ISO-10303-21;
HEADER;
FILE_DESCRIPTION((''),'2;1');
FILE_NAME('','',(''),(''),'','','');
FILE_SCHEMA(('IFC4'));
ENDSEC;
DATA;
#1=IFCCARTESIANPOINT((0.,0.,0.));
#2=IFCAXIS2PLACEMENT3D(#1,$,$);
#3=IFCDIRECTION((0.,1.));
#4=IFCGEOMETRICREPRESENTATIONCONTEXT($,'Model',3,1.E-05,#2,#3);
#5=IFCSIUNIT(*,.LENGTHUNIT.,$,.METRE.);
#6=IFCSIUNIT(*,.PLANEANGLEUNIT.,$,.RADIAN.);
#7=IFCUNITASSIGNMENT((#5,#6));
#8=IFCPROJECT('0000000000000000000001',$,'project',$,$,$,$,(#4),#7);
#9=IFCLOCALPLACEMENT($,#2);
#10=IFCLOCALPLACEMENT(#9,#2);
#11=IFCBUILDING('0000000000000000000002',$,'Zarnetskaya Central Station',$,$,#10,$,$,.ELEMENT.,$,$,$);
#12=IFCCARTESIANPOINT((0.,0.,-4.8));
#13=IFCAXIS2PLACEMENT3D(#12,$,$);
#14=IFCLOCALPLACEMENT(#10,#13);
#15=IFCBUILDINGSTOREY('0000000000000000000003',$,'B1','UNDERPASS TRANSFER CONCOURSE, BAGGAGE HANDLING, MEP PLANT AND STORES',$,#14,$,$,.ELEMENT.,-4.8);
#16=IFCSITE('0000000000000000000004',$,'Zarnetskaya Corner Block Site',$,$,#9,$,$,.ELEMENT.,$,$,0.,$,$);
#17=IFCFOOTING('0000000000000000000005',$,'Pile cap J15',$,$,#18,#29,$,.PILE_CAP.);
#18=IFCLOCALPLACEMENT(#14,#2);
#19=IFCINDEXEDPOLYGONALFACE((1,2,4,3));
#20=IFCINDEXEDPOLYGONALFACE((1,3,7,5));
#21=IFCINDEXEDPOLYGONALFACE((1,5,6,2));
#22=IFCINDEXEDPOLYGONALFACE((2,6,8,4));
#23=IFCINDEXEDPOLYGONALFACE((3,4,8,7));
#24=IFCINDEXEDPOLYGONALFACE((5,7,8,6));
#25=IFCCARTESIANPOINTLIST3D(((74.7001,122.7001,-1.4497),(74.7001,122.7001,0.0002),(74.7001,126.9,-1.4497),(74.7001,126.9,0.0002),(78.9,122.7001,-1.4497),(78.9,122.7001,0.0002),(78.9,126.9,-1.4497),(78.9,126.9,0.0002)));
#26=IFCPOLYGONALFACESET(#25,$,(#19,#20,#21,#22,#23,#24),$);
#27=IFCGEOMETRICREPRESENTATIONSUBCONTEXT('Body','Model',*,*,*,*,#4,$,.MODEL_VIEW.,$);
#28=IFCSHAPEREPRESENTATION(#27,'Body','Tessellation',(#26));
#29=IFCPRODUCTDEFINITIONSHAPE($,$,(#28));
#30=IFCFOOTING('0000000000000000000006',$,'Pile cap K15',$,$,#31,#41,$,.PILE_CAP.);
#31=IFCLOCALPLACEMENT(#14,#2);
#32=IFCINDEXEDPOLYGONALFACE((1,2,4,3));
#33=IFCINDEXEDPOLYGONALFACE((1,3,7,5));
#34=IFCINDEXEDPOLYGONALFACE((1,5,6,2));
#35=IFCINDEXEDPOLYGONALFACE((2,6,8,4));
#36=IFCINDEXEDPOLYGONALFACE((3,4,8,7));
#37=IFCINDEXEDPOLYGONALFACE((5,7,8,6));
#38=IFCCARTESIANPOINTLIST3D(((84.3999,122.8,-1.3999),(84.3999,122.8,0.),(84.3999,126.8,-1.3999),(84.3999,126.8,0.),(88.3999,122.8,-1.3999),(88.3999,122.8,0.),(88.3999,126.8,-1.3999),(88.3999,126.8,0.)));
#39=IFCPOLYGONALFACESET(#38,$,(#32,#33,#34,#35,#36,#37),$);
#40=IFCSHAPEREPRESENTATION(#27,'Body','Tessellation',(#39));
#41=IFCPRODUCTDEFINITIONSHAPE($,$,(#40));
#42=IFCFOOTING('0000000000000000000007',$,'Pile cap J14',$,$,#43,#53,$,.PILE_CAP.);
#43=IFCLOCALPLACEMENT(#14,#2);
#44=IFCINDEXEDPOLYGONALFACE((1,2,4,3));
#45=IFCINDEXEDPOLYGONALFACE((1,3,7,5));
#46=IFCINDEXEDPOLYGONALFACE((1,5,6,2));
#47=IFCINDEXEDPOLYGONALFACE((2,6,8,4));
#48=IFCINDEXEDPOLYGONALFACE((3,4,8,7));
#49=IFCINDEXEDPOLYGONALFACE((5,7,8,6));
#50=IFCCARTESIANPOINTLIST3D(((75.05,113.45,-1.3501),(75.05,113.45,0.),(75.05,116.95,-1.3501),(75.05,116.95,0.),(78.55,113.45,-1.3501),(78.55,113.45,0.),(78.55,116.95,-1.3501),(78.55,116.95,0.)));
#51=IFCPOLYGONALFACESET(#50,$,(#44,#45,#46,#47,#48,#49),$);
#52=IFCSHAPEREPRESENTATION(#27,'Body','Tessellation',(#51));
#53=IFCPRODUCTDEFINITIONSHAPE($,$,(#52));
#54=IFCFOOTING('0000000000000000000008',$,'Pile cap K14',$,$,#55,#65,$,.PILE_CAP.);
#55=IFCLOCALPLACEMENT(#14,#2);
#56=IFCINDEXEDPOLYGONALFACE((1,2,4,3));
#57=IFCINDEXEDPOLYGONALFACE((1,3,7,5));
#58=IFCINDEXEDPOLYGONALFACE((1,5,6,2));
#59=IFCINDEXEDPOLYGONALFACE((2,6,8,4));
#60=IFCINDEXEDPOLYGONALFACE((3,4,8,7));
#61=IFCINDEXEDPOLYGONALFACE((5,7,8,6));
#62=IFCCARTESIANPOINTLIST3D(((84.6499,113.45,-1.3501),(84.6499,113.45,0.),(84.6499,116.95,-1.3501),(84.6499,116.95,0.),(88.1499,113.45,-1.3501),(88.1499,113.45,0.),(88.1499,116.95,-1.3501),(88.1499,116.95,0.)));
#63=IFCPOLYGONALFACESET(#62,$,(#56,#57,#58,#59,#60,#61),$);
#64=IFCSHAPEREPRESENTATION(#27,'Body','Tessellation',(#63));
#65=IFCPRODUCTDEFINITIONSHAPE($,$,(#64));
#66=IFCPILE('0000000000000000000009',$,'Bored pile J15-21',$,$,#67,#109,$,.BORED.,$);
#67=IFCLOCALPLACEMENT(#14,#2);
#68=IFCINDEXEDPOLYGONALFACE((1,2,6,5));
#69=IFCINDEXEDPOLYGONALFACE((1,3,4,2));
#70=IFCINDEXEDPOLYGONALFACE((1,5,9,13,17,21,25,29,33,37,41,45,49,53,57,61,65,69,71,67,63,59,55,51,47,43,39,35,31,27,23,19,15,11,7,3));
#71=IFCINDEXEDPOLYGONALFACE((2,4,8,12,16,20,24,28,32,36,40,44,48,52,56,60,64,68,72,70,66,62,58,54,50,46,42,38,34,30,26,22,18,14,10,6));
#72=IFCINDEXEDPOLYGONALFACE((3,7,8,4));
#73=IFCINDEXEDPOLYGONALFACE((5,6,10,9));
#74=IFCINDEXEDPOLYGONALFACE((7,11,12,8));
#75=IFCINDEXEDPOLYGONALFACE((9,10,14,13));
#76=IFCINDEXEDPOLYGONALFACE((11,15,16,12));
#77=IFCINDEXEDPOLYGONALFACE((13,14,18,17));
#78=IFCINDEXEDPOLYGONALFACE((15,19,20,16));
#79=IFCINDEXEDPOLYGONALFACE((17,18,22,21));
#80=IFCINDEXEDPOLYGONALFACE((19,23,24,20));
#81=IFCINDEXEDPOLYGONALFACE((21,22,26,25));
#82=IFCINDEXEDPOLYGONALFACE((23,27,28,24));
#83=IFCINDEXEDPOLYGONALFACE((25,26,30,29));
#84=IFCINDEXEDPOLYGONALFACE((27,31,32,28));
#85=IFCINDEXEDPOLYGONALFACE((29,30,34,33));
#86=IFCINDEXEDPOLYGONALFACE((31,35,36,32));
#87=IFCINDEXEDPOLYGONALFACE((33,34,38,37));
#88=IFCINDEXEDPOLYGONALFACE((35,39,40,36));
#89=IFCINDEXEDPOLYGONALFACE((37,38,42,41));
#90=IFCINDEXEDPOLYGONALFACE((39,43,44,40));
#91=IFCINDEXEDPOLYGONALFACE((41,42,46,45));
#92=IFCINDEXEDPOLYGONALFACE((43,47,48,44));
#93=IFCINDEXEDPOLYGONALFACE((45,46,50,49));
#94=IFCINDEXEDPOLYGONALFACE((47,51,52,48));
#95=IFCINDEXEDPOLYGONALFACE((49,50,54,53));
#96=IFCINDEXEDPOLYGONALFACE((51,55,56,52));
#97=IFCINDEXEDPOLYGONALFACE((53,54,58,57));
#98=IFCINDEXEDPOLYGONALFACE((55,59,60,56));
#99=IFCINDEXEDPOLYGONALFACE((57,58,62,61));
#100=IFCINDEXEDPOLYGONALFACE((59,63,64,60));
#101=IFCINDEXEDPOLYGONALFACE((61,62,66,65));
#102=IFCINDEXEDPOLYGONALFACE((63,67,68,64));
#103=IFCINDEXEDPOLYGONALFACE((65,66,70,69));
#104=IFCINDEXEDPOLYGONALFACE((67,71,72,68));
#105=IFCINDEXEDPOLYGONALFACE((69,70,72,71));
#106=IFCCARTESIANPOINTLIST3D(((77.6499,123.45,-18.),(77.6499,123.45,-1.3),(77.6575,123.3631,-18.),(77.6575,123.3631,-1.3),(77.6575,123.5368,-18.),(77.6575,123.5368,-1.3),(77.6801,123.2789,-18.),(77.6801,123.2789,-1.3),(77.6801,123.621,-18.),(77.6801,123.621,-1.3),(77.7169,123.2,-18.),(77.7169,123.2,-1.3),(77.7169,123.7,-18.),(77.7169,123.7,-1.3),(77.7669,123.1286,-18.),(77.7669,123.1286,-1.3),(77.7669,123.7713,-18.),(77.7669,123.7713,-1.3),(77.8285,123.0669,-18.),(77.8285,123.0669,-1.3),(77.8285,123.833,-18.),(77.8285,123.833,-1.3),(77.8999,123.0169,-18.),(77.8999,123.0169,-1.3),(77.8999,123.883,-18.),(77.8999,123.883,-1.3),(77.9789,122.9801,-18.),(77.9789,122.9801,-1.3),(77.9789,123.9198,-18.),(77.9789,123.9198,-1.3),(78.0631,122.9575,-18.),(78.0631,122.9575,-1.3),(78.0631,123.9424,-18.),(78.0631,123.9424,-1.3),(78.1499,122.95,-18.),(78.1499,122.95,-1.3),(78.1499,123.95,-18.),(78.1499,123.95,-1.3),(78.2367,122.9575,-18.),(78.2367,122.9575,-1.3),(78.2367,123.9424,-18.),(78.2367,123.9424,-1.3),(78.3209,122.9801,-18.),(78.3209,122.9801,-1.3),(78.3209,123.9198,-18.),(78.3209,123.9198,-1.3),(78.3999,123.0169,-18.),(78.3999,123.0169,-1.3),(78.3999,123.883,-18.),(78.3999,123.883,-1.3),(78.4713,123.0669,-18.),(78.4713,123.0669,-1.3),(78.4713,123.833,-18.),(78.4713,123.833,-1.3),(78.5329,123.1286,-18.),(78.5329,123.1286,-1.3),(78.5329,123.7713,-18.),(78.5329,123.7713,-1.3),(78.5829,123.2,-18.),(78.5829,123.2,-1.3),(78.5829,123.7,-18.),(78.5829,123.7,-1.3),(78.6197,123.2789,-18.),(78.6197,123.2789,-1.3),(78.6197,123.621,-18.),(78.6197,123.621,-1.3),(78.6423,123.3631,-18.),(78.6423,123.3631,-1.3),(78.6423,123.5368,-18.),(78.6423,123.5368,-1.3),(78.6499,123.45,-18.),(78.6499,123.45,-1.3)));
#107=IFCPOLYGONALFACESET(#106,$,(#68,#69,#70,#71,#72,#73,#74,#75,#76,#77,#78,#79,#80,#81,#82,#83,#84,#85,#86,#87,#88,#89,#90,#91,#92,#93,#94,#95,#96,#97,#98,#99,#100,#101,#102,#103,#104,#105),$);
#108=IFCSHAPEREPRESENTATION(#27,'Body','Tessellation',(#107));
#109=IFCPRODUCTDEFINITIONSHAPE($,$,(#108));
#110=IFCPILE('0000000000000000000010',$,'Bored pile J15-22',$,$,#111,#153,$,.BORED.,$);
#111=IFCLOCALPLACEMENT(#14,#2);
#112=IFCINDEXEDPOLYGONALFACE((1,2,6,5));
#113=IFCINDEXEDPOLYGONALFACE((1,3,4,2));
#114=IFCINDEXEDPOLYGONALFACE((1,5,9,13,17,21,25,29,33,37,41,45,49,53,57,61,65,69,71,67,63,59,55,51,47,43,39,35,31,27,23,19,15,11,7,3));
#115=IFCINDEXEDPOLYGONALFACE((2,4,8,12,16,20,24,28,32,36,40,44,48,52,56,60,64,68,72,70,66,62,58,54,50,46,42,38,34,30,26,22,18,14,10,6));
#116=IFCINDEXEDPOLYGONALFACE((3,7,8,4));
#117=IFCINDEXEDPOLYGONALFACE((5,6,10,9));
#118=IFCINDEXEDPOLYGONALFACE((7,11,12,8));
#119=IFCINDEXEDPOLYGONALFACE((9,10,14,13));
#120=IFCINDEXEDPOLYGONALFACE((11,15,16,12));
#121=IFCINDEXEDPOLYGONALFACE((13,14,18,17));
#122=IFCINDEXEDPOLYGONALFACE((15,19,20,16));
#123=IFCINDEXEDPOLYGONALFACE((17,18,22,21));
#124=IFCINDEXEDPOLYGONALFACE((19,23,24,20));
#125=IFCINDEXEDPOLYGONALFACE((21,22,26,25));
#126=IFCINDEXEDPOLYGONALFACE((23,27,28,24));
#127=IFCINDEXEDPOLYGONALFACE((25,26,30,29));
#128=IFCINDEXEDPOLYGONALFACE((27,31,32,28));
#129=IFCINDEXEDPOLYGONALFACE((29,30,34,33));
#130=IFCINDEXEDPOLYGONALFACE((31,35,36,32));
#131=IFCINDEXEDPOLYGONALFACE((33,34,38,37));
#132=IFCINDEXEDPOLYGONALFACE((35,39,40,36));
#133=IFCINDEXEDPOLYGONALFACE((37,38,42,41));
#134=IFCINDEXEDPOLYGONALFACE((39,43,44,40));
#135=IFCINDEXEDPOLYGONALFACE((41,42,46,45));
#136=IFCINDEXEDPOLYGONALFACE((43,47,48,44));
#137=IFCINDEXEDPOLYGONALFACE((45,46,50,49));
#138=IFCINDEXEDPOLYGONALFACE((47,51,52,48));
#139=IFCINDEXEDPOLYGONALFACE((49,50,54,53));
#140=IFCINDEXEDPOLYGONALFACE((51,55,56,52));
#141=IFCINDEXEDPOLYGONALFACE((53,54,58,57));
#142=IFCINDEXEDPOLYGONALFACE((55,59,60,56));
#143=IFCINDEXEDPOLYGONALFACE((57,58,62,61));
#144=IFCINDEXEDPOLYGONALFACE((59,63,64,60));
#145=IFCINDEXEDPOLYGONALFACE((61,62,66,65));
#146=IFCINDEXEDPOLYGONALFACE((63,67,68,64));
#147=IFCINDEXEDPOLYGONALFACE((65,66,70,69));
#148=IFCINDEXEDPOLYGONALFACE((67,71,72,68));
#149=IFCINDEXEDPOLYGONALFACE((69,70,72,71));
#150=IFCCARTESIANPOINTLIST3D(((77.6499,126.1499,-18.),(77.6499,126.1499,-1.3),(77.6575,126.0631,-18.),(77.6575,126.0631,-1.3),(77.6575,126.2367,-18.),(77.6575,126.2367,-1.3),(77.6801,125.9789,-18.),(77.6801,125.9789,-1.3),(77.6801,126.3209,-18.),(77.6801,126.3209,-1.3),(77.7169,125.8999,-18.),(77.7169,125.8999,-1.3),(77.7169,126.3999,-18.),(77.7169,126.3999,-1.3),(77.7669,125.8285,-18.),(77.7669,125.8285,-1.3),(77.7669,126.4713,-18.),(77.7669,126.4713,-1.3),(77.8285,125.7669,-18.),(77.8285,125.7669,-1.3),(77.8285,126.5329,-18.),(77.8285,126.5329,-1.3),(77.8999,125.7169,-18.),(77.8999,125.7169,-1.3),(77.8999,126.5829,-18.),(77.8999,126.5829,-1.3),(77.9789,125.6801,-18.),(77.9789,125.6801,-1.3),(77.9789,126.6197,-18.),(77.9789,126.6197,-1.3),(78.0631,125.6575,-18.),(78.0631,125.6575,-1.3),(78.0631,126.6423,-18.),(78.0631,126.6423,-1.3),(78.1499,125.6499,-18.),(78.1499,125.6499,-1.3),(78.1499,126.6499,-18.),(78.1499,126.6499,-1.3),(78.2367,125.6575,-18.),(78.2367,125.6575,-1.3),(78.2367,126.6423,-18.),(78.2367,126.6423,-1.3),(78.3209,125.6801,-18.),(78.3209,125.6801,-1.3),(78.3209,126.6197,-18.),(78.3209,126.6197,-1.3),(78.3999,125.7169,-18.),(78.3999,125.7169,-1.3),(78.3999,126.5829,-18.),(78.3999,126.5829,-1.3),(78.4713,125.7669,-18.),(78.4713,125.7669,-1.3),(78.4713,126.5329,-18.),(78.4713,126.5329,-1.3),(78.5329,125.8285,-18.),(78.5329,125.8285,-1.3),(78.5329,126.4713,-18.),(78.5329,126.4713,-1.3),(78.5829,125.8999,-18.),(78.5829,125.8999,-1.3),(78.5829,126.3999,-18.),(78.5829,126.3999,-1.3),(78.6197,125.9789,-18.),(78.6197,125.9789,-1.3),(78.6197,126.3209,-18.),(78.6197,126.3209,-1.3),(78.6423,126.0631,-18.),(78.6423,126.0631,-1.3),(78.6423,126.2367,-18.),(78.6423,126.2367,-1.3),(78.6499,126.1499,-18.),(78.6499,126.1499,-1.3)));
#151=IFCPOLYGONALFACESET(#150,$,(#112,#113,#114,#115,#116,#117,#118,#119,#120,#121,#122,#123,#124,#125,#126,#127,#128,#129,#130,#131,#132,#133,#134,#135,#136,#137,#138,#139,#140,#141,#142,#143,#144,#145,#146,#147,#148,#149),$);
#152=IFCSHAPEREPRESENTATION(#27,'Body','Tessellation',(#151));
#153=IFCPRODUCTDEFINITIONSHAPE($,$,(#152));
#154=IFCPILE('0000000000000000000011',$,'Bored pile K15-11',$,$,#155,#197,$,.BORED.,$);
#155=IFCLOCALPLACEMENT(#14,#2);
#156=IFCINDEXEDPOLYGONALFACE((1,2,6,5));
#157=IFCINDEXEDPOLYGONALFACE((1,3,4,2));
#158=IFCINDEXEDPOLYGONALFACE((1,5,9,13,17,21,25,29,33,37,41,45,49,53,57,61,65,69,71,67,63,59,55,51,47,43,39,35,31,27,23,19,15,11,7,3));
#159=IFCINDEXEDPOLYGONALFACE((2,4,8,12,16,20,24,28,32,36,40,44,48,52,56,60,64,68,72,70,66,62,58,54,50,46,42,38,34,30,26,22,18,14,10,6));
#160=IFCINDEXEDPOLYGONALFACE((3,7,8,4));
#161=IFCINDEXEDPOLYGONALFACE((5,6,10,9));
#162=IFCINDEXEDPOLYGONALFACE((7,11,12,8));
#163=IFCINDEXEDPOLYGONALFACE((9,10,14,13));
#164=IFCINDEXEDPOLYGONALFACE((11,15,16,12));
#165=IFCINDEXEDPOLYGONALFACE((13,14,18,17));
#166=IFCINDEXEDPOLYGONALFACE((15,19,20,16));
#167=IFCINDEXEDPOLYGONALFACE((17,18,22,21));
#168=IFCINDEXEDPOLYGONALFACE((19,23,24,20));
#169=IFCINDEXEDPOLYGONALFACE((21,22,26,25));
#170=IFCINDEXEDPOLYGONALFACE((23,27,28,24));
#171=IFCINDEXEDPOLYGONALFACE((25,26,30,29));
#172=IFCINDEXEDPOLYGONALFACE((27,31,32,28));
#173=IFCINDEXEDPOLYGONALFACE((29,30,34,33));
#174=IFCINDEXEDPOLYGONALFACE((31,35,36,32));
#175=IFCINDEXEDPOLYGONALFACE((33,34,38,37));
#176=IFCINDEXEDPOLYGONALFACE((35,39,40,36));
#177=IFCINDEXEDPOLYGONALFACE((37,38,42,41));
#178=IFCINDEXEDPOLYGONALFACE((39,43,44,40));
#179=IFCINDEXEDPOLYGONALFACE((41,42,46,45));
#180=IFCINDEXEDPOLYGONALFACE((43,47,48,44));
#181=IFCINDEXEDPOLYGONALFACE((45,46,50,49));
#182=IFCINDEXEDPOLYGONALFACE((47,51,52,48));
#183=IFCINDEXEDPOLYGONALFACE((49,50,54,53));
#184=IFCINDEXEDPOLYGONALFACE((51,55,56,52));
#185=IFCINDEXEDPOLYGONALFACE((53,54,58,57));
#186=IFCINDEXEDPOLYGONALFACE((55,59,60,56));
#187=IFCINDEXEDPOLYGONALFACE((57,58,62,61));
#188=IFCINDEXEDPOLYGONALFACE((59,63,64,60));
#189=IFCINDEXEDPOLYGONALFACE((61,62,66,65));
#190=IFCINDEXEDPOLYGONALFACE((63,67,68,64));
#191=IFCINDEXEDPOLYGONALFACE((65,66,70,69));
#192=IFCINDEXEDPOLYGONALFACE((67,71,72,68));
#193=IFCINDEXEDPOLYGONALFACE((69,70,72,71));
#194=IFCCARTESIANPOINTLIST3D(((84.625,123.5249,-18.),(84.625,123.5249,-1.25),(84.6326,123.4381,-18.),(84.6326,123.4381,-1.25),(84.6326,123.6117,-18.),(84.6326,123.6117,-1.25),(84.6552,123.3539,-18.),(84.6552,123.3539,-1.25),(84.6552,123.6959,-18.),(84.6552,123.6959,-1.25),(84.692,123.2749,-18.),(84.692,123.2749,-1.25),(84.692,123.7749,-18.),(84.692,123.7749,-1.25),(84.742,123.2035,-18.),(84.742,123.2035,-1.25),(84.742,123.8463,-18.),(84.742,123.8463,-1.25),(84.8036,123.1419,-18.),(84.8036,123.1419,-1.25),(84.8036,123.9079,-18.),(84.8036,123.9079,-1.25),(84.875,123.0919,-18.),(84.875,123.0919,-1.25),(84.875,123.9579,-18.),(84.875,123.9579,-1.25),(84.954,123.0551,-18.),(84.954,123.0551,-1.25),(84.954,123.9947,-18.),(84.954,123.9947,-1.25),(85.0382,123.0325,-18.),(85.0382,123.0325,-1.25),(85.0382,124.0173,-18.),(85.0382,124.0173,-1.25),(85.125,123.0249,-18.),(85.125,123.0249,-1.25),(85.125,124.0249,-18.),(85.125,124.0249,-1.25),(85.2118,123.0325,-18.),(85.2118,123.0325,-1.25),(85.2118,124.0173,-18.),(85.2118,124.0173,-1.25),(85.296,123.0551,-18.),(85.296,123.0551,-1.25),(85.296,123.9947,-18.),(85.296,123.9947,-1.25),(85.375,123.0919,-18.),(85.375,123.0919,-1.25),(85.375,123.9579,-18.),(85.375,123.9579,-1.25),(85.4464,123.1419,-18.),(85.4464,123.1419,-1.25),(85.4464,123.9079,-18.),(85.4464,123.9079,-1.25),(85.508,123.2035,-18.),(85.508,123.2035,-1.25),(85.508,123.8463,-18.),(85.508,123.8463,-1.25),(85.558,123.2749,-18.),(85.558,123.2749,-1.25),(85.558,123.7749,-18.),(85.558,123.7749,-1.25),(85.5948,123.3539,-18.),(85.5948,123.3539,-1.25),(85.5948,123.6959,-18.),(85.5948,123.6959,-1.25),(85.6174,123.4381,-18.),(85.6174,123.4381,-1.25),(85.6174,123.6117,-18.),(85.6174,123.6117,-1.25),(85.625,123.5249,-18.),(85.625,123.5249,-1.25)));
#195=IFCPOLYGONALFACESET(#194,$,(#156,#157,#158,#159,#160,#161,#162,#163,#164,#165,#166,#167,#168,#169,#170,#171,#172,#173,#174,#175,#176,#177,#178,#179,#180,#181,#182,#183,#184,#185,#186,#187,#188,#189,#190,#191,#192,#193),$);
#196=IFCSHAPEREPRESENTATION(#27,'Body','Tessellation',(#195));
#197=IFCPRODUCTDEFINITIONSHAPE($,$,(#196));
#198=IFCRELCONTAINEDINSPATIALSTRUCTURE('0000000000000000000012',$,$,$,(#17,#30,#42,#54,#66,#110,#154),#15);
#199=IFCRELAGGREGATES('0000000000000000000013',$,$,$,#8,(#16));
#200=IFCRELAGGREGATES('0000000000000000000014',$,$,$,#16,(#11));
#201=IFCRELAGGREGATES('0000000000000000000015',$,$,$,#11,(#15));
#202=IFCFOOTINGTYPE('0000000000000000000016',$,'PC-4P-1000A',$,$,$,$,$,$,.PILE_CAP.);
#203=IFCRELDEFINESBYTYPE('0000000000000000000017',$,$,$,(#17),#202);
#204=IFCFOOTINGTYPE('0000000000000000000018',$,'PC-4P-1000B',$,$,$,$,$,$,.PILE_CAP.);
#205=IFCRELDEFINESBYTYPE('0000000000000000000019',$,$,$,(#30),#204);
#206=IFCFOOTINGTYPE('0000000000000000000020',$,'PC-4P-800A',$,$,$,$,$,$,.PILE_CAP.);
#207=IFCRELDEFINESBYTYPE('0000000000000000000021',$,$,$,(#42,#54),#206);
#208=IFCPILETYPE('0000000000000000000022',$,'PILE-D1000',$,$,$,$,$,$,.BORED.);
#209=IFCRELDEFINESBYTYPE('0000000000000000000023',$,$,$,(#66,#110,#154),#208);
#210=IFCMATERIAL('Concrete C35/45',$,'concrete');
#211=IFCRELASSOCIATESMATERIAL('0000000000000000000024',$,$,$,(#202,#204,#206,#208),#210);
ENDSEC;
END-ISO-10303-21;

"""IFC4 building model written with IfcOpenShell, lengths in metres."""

from ifc_helpers import new_model, si_unit, direction, frame, origin, origin_2d, place, context, subcontext, project, spatial, rectangle, circle, extrude, material, material_profile, profile_set, type_object, element, save


model = new_model("IFC4")

# Units and contexts
model_context = context("Model", 3, precision=1e-05, world=origin(), true_north=direction((0.0, 1.0)))
body_context = subcontext(model_context, "Body", "Model", "MODEL_VIEW")
ifc_project = project(units=[si_unit("LENGTHUNIT", "METRE"), si_unit("PLANEANGLEUNIT", "RADIAN")], contexts=[model_context])

# Site, building, storey
site_placement = place(None, origin())
site = spatial("IfcSite", under=ifc_project, at=site_placement, Name="Zarnetskaya Corner Block Site", CompositionType="ELEMENT", RefElevation=0.0)
building_placement = place(site_placement, origin())
building = spatial("IfcBuilding", under=site, at=building_placement, Name="Zarnetskaya Central Station", CompositionType="ELEMENT")
storey_placement = place(building_placement, frame((0.0, 0.0, -4.8)))
storey = spatial("IfcBuildingStorey", under=building, at=storey_placement, Name="B1", Description="UNDERPASS TRANSFER CONCOURSE, BAGGAGE HANDLING, MEP PLANT AND STORES", CompositionType="ELEMENT", Elevation=-4.8)

# Footings
ifc_material = material(Name="Concrete C35/45", Category="concrete")
footing_type_1 = type_object("IfcFootingType", Name="PC-4P-1000A", PredefinedType="PILE_CAP", material=ifc_material)
footing_1_placement = place(storey_placement, frame((76.8, 124.8, -1.4497), z_axis=(0.0, 0.0, 1.0), x_axis=(1.0, 0.0, 0.0)))
element("IfcFooting", 1, at=footing_1_placement, inside=storey, type_object=footing_type_1, Name="Pile cap J15", PredefinedType="PILE_CAP", context=body_context, shape_type="SweptSolid", body=[
    extrude(rectangle(XDim=4.2, YDim=4.2, at=origin_2d()), origin(), (0.0, 0.0, 1.0), 1.45),
])
footing_type_2 = type_object("IfcFootingType", Name="PC-4P-1000B", PredefinedType="PILE_CAP", material=ifc_material)
footing_2_placement = place(storey_placement, frame((86.3999, 124.8, -1.3999), z_axis=(0.0, 0.0, 1.0), x_axis=(1.0, 0.0, 0.0)))
element("IfcFooting", 2, at=footing_2_placement, inside=storey, type_object=footing_type_2, Name="Pile cap K15", PredefinedType="PILE_CAP", context=body_context, shape_type="SweptSolid", body=[
    extrude(rectangle(XDim=4.0, YDim=4.0, at=origin_2d()), origin(), (0.0, 0.0, 1.0), 1.3999),
])
footing_type_3 = type_object("IfcFootingType", Name="PC-4P-800A", PredefinedType="PILE_CAP", material=ifc_material)
for number, where, z_axis, x_axis, name in (
    (3, (76.8, 115.2, -1.3501), (0.0, 0.0, 1.0), (1.0, 0.0, 0.0), "Pile cap J14"),
    (4, (86.3999, 115.2, -1.3501), (0.0, 0.0, 1.0), (1.0, 0.0, 0.0), "Pile cap K14"),
):
    element("IfcFooting", number, at=place(storey_placement, frame(where, z_axis=z_axis, x_axis=x_axis)), inside=storey, type_object=footing_type_3, Name=name, PredefinedType="PILE_CAP", context=body_context, shape_type="SweptSolid", body=[
        extrude(rectangle(XDim=3.5, YDim=3.5, at=origin_2d()), origin(), (0.0, 0.0, 1.0), 1.3501),
    ])

# Piles
ifc_material_profile_1 = material_profile(ifc_material, circle(Radius=0.5, at=origin_2d()), Name="BORED PILE D1000")
ifc_profile_set_1 = profile_set([ifc_material_profile_1], Name="Concrete C35/45")
pile_type_1 = type_object("IfcPileType", Name="PILE-D1000", PredefinedType="BORED", material=ifc_profile_set_1)
for number, where, z_axis, x_axis, name in (
    (5, (78.1499, 123.45, -1.3), (0.0, 0.0, -1.0), (1.0, 0.0, 0.0), "Bored pile J15-21"),
    (6, (78.1499, 126.1499, -1.3), (0.0, 0.0, -1.0), (1.0, 0.0, 0.0), "Bored pile J15-22"),
):
    element("IfcPile", number, at=place(storey_placement, frame(where, z_axis=z_axis, x_axis=x_axis)), inside=storey, type_object=pile_type_1, Name=name, PredefinedType="BORED", context=body_context, shape_type="SweptSolid", body=[
        extrude(circle(Radius=0.5, at=origin_2d()), origin(), (0.0, 0.0, 1.0), 16.7),
    ])
for number, where, z_axis, x_axis, name in (
    (7, (85.125, 123.5249, -1.25), (0.0, 0.0, -1.0), (1.0, 0.0, 0.0), "Bored pile K15-11"),
):
    element("IfcPile", number, at=place(storey_placement, frame(where, z_axis=z_axis, x_axis=x_axis)), inside=storey, type_object=pile_type_1, Name=name, PredefinedType="BORED", context=body_context, shape_type="SweptSolid", body=[
        extrude(circle(Radius=0.5, at=origin_2d()), origin(), (0.0, 0.0, 1.0), 16.75),
    ])

save(model, "model.ifc")
